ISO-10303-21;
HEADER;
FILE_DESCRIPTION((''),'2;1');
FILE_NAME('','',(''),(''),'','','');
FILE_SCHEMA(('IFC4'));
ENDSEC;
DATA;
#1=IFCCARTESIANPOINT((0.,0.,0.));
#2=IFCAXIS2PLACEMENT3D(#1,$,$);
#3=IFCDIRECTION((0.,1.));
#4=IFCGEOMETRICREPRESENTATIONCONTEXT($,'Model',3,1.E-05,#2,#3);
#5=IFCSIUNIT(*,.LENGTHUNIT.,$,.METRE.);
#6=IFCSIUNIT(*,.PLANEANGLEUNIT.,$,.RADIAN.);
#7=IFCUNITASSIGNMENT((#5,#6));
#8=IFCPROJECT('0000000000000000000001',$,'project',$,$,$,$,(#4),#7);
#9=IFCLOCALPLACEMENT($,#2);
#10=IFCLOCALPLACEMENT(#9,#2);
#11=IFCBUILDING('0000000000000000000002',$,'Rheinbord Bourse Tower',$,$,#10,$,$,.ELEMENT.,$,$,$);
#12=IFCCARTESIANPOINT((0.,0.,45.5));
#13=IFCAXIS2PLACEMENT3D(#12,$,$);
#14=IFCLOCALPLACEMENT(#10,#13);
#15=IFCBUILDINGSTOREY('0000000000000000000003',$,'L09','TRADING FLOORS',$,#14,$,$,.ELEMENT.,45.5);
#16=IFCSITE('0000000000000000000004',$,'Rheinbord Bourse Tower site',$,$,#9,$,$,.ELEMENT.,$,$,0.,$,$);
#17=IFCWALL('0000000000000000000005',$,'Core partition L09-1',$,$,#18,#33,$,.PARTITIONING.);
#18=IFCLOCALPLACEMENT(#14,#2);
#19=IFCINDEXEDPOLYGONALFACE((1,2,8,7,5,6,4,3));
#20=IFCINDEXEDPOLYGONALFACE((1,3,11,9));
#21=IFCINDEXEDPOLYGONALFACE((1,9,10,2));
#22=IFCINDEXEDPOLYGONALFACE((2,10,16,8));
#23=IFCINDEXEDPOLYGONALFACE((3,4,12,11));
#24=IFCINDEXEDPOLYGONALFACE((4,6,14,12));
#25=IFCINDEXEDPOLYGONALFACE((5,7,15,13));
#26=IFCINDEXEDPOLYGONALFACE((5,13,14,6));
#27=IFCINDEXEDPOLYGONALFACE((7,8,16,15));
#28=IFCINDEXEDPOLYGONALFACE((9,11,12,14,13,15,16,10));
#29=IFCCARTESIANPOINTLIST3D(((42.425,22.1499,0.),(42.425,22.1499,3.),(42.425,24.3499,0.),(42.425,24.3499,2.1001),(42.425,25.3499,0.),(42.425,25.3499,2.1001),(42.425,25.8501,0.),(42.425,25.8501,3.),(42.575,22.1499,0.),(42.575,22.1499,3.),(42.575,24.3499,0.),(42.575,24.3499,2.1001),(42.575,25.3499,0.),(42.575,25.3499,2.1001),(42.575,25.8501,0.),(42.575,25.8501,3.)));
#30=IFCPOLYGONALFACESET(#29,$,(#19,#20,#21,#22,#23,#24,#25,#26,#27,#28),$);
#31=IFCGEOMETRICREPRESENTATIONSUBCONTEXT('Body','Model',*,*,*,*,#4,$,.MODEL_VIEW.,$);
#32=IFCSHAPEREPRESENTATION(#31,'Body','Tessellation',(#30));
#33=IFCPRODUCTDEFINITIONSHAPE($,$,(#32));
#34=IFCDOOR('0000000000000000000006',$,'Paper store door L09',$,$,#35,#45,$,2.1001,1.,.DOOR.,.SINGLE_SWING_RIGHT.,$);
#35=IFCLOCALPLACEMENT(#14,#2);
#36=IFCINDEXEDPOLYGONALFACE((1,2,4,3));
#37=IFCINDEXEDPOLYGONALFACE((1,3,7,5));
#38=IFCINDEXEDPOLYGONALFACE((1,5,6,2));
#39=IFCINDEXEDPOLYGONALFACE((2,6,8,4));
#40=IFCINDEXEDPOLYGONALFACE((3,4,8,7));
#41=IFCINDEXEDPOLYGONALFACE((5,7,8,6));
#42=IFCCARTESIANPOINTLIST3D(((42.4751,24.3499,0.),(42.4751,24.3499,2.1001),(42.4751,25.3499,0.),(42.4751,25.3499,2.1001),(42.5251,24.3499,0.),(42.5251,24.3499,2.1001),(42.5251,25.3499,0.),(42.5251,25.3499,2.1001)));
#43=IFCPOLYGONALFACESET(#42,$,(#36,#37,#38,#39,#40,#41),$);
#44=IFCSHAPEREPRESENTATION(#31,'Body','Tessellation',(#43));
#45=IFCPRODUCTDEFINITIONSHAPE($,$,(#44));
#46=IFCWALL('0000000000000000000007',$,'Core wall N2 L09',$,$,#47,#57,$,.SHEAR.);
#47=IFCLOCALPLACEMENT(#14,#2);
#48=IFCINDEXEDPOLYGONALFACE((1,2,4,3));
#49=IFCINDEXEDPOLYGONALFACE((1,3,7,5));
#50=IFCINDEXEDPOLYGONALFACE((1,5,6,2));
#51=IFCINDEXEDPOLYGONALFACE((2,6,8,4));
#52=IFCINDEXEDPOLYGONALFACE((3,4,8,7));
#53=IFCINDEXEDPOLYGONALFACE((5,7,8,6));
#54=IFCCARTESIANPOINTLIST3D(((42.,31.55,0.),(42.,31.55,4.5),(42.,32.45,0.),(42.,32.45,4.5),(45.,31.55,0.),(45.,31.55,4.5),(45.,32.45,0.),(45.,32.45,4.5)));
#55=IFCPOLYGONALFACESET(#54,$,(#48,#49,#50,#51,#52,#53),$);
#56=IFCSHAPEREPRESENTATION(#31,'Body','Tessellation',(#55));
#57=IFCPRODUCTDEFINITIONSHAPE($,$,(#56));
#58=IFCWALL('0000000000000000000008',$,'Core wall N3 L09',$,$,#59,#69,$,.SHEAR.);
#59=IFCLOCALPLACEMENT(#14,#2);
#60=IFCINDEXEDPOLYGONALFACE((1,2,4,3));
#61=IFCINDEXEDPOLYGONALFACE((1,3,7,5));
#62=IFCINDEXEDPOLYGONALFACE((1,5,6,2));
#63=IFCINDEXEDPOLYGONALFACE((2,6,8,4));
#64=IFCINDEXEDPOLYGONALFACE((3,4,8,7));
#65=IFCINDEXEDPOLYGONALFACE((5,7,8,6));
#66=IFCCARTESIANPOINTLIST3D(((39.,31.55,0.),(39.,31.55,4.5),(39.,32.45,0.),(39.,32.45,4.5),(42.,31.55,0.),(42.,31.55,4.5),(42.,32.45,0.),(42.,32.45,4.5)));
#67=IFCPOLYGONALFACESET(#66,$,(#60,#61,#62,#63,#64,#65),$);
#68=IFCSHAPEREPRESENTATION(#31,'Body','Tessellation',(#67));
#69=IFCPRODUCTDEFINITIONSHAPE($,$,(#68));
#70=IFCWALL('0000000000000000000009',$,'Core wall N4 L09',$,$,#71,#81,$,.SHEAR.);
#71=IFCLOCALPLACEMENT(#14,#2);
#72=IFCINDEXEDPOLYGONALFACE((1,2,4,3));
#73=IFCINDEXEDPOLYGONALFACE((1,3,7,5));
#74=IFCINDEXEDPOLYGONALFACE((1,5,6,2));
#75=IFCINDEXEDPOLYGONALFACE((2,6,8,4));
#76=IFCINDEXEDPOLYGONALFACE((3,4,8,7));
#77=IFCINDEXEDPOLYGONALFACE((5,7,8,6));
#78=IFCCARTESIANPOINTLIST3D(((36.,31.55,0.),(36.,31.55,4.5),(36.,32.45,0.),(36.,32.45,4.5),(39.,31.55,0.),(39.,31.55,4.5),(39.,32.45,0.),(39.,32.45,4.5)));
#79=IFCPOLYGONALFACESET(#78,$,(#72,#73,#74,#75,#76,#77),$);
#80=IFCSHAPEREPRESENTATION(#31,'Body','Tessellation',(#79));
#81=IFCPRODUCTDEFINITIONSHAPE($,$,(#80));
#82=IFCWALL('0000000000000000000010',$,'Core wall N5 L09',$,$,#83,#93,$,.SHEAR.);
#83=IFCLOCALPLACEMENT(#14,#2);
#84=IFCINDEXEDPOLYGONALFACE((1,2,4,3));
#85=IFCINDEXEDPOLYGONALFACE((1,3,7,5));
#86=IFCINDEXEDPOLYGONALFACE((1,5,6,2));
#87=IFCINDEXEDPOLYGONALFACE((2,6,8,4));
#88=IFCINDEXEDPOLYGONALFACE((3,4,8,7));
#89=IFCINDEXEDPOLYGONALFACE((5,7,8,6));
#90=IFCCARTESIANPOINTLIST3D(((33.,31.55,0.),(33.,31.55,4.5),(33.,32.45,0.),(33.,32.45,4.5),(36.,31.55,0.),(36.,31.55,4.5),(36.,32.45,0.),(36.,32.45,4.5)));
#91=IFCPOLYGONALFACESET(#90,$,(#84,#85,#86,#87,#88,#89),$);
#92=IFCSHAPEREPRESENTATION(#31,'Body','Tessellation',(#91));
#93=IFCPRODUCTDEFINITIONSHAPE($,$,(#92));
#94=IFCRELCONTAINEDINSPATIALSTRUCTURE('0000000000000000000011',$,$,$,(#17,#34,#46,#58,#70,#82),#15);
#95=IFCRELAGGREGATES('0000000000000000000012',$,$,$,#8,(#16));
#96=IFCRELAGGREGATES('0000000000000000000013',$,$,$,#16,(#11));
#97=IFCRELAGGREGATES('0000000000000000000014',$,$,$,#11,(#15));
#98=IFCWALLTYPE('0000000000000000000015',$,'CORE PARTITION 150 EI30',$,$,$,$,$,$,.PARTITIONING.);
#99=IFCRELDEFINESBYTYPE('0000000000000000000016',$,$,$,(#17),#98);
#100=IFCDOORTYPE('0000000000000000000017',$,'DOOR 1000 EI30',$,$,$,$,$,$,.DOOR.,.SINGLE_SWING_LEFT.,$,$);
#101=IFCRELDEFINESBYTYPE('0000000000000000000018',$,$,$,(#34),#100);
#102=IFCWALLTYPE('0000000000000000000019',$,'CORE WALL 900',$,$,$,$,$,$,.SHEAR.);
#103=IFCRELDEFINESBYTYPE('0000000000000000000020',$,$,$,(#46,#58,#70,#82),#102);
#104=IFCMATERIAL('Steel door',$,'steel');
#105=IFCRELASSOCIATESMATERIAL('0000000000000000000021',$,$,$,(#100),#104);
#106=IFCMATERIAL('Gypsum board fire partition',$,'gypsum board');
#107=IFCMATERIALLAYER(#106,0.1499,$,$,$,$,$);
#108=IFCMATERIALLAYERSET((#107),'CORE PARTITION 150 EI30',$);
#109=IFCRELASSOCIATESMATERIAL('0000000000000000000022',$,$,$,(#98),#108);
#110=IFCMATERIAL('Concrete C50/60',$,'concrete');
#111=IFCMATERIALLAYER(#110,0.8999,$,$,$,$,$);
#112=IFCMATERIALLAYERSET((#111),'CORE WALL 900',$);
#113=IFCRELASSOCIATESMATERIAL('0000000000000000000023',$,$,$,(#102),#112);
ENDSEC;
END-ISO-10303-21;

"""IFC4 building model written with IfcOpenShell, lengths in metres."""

from ifc_helpers import new_model, si_unit, direction, frame, frame_2d, origin, place, context, subcontext, project, spatial, rectangle, extrude, material, layer, layer_set, type_object, element, fill, save


model = new_model("IFC4")

# Units and contexts
model_context = context("Model", 3, precision=1e-05, world=origin(), true_north=direction((0.0, 1.0)))
body_context = subcontext(model_context, "Body", "Model", "MODEL_VIEW")
ifc_project = project(units=[si_unit("LENGTHUNIT", "METRE"), si_unit("PLANEANGLEUNIT", "RADIAN")], contexts=[model_context])

# Site, building, storey
site_placement = place(None, origin())
site = spatial("IfcSite", under=ifc_project, at=site_placement, Name="Rheinbord Bourse Tower site", CompositionType="ELEMENT", RefElevation=0.0)
building_placement = place(site_placement, origin())
building = spatial("IfcBuilding", under=site, at=building_placement, Name="Rheinbord Bourse Tower", CompositionType="ELEMENT")
storey_placement = place(building_placement, frame((0.0, 0.0, 45.5)))
storey = spatial("IfcBuildingStorey", under=building, at=storey_placement, Name="L09", Description="TRADING FLOORS", CompositionType="ELEMENT", Elevation=45.5)

# Shared definitions
ifc_material_1 = material(Name="Steel door", Category="steel")
door_type_1 = type_object("IfcDoorType", Name="DOOR 1000 EI30", OperationType="SINGLE_SWING_LEFT", PredefinedType="DOOR", material=ifc_material_1)

# Wall, opening, door
ifc_material_2 = material(Name="Gypsum board fire partition", Category="gypsum board")
ifc_layer_1 = layer(ifc_material_2, 0.1499)
ifc_layer_set_1 = layer_set([ifc_layer_1], Name="CORE PARTITION 150 EI30")
wall_type_1 = type_object("IfcWallType", Name="CORE PARTITION 150 EI30", PredefinedType="PARTITIONING", material=ifc_layer_set_1)
wall_1_placement = place(storey_placement, frame((42.5, 22.1499, 0.0), z_axis=(0.0, 0.0, 1.0), x_axis=(0.0, 1.0, 0.0)))
wall_1 = element("IfcWall", 1, at=wall_1_placement, inside=storey, type_object=wall_type_1, Name="Core partition L09-1", PredefinedType="PARTITIONING", context=body_context, shape_type="SweptSolid", body=[
    extrude(rectangle(XDim=3.7002, YDim=0.1499, at=frame_2d((1.8501, 0.0))), origin(), (0.0, 0.0, 1.0), 3.0),
])
opening_1_placement = place(wall_1_placement, frame((2.2, 0.0, 0.0)))
opening_1 = element("IfcOpeningElement", 2, at=opening_1_placement, cuts=wall_1, PredefinedType="OPENING", context=body_context, shape_type="SweptSolid", body=[
    extrude(rectangle(XDim=1.0, YDim=2.1001, at=frame_2d((0.5, 1.05))), frame((0.0, 0.085, 0.0), z_axis=(0.0, -1.0, 0.0), x_axis=(1.0, 0.0, 0.0)), (0.0, 0.0, 1.0), 0.1699),
])
door_1_placement = place(opening_1_placement, origin())
door_1 = element("IfcDoor", 3, at=door_1_placement, inside=storey, type_object=door_type_1, Name="Paper store door L09", OperationType="SINGLE_SWING_RIGHT", OverallHeight=2.1001, OverallWidth=1.0, PredefinedType="DOOR", context=body_context, shape_type="SweptSolid", body=[
    extrude(rectangle(XDim=1.0, YDim=2.1001, at=frame_2d((0.5, 1.05))), frame((0.0, 0.0249, 0.0), z_axis=(0.0, -1.0, 0.0), x_axis=(1.0, 0.0, 0.0)), (0.0, 0.0, 1.0), 0.05),
])
fill(opening_1, door_1)

# Walls
ifc_material_3 = material(Name="Concrete C50/60", Category="concrete")
ifc_layer_2 = layer(ifc_material_3, 0.8999)
ifc_layer_set_2 = layer_set([ifc_layer_2], Name="CORE WALL 900")
wall_type_2 = type_object("IfcWallType", Name="CORE WALL 900", PredefinedType="SHEAR", material=ifc_layer_set_2)
for number, where, z_axis, x_axis, name in (
    (4, (45.0, 32.0, 0.0), (0.0, 0.0, 1.0), (-1.0, 0.0, 0.0), "Core wall N2 L09"),
    (5, (42.0, 32.0, 0.0), (0.0, 0.0, 1.0), (-1.0, 0.0, 0.0), "Core wall N3 L09"),
    (6, (39.0, 32.0, 0.0), (0.0, 0.0, 1.0), (-1.0, 0.0, 0.0), "Core wall N4 L09"),
    (7, (36.0, 32.0, 0.0), (0.0, 0.0, 1.0), (-1.0, 0.0, 0.0), "Core wall N5 L09"),
):
    element("IfcWall", number, at=place(storey_placement, frame(where, z_axis=z_axis, x_axis=x_axis)), inside=storey, type_object=wall_type_2, Name=name, PredefinedType="SHEAR", context=body_context, shape_type="SweptSolid", body=[
        extrude(rectangle(XDim=3.0, YDim=0.8999, at=frame_2d((1.5, 0.0))), origin(), (0.0, 0.0, 1.0), 4.5),
    ])

save(model, "model.ifc")
